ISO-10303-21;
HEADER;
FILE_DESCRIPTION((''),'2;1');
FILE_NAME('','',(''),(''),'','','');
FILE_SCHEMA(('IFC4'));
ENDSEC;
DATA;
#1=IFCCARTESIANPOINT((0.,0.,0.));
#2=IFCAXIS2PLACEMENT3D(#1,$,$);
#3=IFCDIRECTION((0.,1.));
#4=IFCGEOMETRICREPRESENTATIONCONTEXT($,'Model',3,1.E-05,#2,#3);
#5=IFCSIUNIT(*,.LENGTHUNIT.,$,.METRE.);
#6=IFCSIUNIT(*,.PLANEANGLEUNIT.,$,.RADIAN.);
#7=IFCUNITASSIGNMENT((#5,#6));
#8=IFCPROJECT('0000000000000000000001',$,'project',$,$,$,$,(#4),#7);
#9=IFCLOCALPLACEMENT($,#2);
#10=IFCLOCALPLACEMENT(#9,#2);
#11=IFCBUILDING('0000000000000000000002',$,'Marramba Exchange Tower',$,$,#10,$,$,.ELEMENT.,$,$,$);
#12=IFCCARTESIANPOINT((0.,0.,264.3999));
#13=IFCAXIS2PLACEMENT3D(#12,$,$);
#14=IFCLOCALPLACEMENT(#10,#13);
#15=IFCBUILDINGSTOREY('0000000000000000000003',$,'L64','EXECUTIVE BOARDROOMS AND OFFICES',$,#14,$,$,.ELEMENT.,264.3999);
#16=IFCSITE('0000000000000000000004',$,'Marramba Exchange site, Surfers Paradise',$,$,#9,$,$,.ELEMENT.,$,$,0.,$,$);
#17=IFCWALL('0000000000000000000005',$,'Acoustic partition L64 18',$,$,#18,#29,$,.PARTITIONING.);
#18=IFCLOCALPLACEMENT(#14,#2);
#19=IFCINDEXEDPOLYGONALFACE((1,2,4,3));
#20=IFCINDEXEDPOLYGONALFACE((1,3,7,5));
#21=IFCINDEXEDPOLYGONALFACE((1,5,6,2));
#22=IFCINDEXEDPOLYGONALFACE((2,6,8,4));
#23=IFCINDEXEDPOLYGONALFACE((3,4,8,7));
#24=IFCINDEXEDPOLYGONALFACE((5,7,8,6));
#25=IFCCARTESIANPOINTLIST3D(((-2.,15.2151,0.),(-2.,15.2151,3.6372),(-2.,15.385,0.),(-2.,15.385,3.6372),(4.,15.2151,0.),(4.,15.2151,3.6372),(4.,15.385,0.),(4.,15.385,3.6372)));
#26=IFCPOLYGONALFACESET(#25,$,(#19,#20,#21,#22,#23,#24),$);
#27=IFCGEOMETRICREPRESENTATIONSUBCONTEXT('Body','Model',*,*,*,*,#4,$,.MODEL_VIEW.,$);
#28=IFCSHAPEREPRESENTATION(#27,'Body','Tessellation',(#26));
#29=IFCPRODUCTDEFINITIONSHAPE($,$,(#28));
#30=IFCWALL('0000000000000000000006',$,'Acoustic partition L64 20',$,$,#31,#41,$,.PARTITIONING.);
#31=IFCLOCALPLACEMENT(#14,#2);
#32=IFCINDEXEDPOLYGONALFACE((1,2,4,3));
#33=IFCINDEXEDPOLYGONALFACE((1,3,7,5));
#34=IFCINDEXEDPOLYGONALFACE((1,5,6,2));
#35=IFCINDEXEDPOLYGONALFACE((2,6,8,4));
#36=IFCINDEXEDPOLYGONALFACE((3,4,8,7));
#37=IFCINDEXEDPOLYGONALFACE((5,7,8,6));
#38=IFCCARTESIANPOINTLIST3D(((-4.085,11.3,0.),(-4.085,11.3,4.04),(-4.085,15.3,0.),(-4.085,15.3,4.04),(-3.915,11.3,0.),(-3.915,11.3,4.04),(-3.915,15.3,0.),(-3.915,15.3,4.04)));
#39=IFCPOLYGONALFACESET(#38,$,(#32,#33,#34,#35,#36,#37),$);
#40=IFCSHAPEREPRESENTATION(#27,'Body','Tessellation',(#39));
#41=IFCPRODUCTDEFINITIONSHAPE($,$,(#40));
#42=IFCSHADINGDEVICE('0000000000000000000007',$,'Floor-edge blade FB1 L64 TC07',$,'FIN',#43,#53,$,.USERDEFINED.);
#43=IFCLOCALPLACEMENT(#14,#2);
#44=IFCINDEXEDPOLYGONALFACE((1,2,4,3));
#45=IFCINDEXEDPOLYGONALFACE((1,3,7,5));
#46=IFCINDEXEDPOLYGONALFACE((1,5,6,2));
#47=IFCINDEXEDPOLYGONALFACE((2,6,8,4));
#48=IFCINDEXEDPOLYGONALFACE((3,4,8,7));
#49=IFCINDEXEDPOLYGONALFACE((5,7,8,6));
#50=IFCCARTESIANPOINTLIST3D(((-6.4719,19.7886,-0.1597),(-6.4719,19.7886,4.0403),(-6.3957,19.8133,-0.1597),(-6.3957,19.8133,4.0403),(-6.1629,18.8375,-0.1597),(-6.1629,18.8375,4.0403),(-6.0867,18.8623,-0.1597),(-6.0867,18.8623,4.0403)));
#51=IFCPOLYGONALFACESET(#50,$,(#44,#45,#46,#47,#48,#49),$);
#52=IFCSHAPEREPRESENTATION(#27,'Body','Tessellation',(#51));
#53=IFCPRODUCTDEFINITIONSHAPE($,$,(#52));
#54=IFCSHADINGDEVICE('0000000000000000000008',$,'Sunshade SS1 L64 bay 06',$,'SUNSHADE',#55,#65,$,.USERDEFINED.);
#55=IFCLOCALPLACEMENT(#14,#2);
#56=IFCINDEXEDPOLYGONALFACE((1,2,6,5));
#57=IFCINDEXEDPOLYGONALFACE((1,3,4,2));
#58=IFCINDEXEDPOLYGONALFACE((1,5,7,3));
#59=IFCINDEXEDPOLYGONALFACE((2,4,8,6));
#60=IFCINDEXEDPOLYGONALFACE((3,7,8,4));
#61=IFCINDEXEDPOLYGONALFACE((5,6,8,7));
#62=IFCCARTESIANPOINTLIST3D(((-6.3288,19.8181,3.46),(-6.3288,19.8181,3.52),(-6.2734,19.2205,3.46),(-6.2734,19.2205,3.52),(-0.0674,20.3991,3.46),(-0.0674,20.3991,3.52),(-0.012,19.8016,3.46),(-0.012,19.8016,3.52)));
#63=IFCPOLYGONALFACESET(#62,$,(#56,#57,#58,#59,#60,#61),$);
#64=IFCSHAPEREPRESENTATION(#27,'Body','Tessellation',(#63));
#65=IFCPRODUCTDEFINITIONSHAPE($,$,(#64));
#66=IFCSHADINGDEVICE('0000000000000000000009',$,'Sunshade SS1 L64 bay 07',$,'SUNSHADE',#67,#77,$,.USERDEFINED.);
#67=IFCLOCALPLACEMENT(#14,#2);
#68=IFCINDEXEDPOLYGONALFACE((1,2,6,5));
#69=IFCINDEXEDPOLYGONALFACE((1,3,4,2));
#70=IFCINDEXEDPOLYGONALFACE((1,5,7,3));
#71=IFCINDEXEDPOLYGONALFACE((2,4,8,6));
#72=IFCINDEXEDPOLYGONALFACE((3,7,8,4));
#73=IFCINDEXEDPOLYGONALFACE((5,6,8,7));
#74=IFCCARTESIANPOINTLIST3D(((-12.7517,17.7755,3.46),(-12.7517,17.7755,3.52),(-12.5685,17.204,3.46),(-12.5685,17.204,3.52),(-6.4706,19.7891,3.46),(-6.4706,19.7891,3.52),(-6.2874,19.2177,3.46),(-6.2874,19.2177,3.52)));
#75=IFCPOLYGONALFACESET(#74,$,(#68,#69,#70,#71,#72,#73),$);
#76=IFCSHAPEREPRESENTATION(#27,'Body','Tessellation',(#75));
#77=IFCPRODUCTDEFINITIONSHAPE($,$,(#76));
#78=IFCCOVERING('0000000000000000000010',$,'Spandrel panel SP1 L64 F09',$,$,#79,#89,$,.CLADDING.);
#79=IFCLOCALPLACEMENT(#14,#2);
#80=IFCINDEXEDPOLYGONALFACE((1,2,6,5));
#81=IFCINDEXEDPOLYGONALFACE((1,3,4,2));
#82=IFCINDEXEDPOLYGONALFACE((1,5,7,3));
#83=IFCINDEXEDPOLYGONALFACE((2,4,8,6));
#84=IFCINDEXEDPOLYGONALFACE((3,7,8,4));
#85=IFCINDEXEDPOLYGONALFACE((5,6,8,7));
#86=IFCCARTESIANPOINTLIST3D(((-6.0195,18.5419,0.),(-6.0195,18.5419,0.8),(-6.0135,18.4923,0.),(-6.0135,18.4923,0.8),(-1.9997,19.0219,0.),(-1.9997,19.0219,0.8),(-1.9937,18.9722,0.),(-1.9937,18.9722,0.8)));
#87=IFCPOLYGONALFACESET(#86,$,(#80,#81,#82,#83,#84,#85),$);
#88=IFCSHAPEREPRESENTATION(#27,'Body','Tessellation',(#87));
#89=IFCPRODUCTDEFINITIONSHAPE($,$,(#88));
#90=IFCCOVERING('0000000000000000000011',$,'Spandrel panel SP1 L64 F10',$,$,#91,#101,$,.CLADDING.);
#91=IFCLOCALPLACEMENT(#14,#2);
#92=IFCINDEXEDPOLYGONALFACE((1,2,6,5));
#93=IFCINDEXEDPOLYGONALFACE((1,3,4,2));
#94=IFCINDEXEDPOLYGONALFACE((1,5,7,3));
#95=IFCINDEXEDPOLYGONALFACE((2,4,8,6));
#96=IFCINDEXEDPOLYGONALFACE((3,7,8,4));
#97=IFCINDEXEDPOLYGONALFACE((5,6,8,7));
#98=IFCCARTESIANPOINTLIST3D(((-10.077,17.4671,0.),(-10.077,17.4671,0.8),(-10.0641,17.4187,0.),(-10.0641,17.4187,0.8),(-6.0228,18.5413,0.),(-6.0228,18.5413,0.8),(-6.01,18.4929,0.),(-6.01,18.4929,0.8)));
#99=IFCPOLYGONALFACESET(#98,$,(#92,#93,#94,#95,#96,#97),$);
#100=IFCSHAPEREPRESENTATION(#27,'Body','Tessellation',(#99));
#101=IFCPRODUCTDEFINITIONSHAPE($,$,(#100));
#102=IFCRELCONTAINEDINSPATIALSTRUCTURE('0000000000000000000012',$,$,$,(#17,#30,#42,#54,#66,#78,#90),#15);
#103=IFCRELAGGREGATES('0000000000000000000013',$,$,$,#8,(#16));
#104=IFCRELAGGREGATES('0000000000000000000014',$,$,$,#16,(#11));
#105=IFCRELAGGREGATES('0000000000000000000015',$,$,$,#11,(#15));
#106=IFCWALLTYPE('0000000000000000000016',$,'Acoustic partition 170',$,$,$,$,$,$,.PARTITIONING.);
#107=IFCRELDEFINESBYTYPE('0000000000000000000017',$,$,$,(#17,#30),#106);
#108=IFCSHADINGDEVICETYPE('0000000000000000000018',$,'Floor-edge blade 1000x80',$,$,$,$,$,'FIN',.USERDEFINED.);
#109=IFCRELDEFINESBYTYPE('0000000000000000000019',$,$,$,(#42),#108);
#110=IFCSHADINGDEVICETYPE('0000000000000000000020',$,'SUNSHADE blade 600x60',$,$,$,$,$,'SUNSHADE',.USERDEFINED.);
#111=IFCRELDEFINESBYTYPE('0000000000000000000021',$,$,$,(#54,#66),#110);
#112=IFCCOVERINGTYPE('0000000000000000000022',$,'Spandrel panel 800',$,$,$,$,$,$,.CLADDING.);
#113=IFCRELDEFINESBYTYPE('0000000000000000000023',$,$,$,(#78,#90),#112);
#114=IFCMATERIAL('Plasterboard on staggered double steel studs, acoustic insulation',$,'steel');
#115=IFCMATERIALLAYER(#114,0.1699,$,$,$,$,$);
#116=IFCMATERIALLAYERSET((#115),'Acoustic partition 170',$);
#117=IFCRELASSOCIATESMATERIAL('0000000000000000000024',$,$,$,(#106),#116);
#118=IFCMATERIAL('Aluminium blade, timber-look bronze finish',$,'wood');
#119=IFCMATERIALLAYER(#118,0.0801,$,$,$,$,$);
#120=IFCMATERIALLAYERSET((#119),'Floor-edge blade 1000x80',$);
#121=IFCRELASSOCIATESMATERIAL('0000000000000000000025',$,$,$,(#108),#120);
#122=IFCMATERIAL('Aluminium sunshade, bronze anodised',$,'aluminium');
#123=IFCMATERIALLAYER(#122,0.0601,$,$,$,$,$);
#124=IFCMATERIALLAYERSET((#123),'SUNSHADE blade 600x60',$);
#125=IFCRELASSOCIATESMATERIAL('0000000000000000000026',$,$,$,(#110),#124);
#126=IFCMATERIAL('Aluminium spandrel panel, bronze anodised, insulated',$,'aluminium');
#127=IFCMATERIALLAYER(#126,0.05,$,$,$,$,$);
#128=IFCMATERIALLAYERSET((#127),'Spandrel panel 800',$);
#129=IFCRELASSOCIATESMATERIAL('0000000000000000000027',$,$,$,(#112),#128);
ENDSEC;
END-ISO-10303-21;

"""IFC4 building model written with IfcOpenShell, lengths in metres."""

from ifc_helpers import new_model, si_unit, direction, frame, frame_2d, origin, origin_2d, place, context, subcontext, project, spatial, rectangle, extrude, material, layer, layer_set, type_object, element, save


model = new_model("IFC4")

# Units and contexts
model_context = context("Model", 3, precision=1e-05, world=origin(), true_north=direction((0.0, 1.0)))
body_context = subcontext(model_context, "Body", "Model", "MODEL_VIEW")
ifc_project = project(units=[si_unit("LENGTHUNIT", "METRE"), si_unit("PLANEANGLEUNIT", "RADIAN")], contexts=[model_context])

# Site, building, storey
site_placement = place(None, origin())
site = spatial("IfcSite", under=ifc_project, at=site_placement, Name="Marramba Exchange site, Surfers Paradise", CompositionType="ELEMENT", RefElevation=0.0)
building_placement = place(site_placement, origin())
building = spatial("IfcBuilding", under=site, at=building_placement, Name="Marramba Exchange Tower", CompositionType="ELEMENT")
storey_placement = place(building_placement, frame((0.0, 0.0, 264.3999)))
storey = spatial("IfcBuildingStorey", under=building, at=storey_placement, Name="L64", Description="EXECUTIVE BOARDROOMS AND OFFICES", CompositionType="ELEMENT", Elevation=264.3999)

# Walls
ifc_material_1 = material(Name="Plasterboard on staggered double steel studs, acoustic insulation", Category="steel")
ifc_layer_1 = layer(ifc_material_1, 0.1699)
ifc_layer_set_1 = layer_set([ifc_layer_1], Name="Acoustic partition 170")
wall_type = type_object("IfcWallType", Name="Acoustic partition 170", PredefinedType="PARTITIONING", material=ifc_layer_set_1)
wall_1_placement = place(storey_placement, frame((-2.0, 15.3, 0.0), z_axis=(0.0, 0.0, 1.0), x_axis=(1.0, 0.0, 0.0)))
element("IfcWall", 1, at=wall_1_placement, inside=storey, type_object=wall_type, Name="Acoustic partition L64 18", PredefinedType="PARTITIONING", context=body_context, shape_type="SweptSolid", body=[
    extrude(rectangle(XDim=6.0, YDim=0.1699, at=frame_2d((3.0, 0.0))), origin(), (0.0, 0.0, 1.0), 3.6372),
])
wall_2_placement = place(storey_placement, frame((-4.0, 15.3, 0.0), z_axis=(0.0, 0.0, 1.0), x_axis=(0.0, -1.0, 0.0)))
element("IfcWall", 2, at=wall_2_placement, inside=storey, type_object=wall_type, Name="Acoustic partition L64 20", PredefinedType="PARTITIONING", context=body_context, shape_type="SweptSolid", body=[
    extrude(rectangle(XDim=4.0, YDim=0.1699, at=frame_2d((2.0, 0.0))), origin(), (0.0, 0.0, 1.0), 4.04),
])

# Shading devices
ifc_material_2 = material(Name="Aluminium blade, timber-look bronze finish", Category="wood")
ifc_layer_2 = layer(ifc_material_2, 0.0801)
ifc_layer_set_2 = layer_set([ifc_layer_2], Name="Floor-edge blade 1000x80")
shading_device_type_1 = type_object("IfcShadingDeviceType", Name="Floor-edge blade 1000x80", ElementType="FIN", PredefinedType="USERDEFINED", material=ifc_layer_set_2)
shading_device_1_placement = place(storey_placement, frame((-6.2793, 19.3254, -0.1597), z_axis=(0.0, 0.0, 1.0), x_axis=(-0.309017, 0.951057, 0.0)))
element("IfcShadingDevice", 3, at=shading_device_1_placement, inside=storey, type_object=shading_device_type_1, Name="Floor-edge blade FB1 L64 TC07", ObjectType="FIN", PredefinedType="USERDEFINED", context=body_context, shape_type="SweptSolid", body=[
    extrude(rectangle(XDim=1.0, YDim=0.0801, at=origin_2d()), origin(), (0.0, 0.0, 1.0), 4.2),
])
ifc_material_3 = material(Name="Aluminium sunshade, bronze anodised", Category="aluminium")
ifc_layer_3 = layer(ifc_material_3, 0.0601)
ifc_layer_set_3 = layer_set([ifc_layer_3], Name="SUNSHADE blade 600x60")
shading_device_type_2 = type_object("IfcShadingDeviceType", Name="SUNSHADE blade 600x60", ElementType="SUNSHADE", PredefinedType="USERDEFINED", material=ifc_layer_set_3)
shading_device_2_placement = place(storey_placement, frame((-3.1704, 19.8098, 3.46), z_axis=(0.0, 0.0, 1.0), x_axis=(-0.995722, -0.092397, 0.0)))
element("IfcShadingDevice", 4, at=shading_device_2_placement, inside=storey, type_object=shading_device_type_2, Name="Sunshade SS1 L64 bay 06", ObjectType="SUNSHADE", PredefinedType="USERDEFINED", context=body_context, shape_type="SweptSolid", body=[
    extrude(rectangle(XDim=6.2883, YDim=0.6001, at=origin_2d()), origin(), (0.0, 0.0, 1.0), 0.0601),
])
shading_device_3_placement = place(storey_placement, frame((-9.5195, 18.4966, 3.46), z_axis=(0.0, 0.0, 1.0), x_axis=(-0.95226, -0.305289, 0.0)))
element("IfcShadingDevice", 5, at=shading_device_3_placement, inside=storey, type_object=shading_device_type_2, Name="Sunshade SS1 L64 bay 07", ObjectType="SUNSHADE", PredefinedType="USERDEFINED", context=body_context, shape_type="SweptSolid", body=[
    extrude(rectangle(XDim=6.5959, YDim=0.6001, at=origin_2d()), origin(), (0.0, 0.0, 1.0), 0.0601),
])

# Coverings
ifc_material_4 = material(Name="Aluminium spandrel panel, bronze anodised, insulated", Category="aluminium")
ifc_layer_4 = layer(ifc_material_4, 0.05)
ifc_layer_set_4 = layer_set([ifc_layer_4], Name="Spandrel panel 800")
covering_type = type_object("IfcCoveringType", Name="Spandrel panel 800", PredefinedType="CLADDING", material=ifc_layer_set_4)
covering_1_placement = place(storey_placement, frame((-4.0066, 18.7571, 0.0), z_axis=(0.0, 0.0, 1.0), x_axis=(-0.992947, -0.118557, 0.0)))
element("IfcCovering", 6, at=covering_1_placement, inside=storey, type_object=covering_type, Name="Spandrel panel SP1 L64 F09", PredefinedType="CLADDING", context=body_context, shape_type="SweptSolid", body=[
    extrude(rectangle(XDim=4.0483, YDim=0.05, at=origin_2d()), origin(), (0.0, 0.0, 1.0), 0.8),
])
covering_2_placement = place(storey_placement, frame((-8.0435, 17.98, 0.0), z_axis=(0.0, 0.0, 1.0), x_axis=(-0.966644, -0.256126, 0.0)))
element("IfcCovering", 7, at=covering_2_placement, inside=storey, type_object=covering_type, Name="Spandrel panel SP1 L64 F10", PredefinedType="CLADDING", context=body_context, shape_type="SweptSolid", body=[
    extrude(rectangle(XDim=4.1941, YDim=0.05, at=origin_2d()), origin(), (0.0, 0.0, 1.0), 0.8),
])

save(model, "model.ifc")
